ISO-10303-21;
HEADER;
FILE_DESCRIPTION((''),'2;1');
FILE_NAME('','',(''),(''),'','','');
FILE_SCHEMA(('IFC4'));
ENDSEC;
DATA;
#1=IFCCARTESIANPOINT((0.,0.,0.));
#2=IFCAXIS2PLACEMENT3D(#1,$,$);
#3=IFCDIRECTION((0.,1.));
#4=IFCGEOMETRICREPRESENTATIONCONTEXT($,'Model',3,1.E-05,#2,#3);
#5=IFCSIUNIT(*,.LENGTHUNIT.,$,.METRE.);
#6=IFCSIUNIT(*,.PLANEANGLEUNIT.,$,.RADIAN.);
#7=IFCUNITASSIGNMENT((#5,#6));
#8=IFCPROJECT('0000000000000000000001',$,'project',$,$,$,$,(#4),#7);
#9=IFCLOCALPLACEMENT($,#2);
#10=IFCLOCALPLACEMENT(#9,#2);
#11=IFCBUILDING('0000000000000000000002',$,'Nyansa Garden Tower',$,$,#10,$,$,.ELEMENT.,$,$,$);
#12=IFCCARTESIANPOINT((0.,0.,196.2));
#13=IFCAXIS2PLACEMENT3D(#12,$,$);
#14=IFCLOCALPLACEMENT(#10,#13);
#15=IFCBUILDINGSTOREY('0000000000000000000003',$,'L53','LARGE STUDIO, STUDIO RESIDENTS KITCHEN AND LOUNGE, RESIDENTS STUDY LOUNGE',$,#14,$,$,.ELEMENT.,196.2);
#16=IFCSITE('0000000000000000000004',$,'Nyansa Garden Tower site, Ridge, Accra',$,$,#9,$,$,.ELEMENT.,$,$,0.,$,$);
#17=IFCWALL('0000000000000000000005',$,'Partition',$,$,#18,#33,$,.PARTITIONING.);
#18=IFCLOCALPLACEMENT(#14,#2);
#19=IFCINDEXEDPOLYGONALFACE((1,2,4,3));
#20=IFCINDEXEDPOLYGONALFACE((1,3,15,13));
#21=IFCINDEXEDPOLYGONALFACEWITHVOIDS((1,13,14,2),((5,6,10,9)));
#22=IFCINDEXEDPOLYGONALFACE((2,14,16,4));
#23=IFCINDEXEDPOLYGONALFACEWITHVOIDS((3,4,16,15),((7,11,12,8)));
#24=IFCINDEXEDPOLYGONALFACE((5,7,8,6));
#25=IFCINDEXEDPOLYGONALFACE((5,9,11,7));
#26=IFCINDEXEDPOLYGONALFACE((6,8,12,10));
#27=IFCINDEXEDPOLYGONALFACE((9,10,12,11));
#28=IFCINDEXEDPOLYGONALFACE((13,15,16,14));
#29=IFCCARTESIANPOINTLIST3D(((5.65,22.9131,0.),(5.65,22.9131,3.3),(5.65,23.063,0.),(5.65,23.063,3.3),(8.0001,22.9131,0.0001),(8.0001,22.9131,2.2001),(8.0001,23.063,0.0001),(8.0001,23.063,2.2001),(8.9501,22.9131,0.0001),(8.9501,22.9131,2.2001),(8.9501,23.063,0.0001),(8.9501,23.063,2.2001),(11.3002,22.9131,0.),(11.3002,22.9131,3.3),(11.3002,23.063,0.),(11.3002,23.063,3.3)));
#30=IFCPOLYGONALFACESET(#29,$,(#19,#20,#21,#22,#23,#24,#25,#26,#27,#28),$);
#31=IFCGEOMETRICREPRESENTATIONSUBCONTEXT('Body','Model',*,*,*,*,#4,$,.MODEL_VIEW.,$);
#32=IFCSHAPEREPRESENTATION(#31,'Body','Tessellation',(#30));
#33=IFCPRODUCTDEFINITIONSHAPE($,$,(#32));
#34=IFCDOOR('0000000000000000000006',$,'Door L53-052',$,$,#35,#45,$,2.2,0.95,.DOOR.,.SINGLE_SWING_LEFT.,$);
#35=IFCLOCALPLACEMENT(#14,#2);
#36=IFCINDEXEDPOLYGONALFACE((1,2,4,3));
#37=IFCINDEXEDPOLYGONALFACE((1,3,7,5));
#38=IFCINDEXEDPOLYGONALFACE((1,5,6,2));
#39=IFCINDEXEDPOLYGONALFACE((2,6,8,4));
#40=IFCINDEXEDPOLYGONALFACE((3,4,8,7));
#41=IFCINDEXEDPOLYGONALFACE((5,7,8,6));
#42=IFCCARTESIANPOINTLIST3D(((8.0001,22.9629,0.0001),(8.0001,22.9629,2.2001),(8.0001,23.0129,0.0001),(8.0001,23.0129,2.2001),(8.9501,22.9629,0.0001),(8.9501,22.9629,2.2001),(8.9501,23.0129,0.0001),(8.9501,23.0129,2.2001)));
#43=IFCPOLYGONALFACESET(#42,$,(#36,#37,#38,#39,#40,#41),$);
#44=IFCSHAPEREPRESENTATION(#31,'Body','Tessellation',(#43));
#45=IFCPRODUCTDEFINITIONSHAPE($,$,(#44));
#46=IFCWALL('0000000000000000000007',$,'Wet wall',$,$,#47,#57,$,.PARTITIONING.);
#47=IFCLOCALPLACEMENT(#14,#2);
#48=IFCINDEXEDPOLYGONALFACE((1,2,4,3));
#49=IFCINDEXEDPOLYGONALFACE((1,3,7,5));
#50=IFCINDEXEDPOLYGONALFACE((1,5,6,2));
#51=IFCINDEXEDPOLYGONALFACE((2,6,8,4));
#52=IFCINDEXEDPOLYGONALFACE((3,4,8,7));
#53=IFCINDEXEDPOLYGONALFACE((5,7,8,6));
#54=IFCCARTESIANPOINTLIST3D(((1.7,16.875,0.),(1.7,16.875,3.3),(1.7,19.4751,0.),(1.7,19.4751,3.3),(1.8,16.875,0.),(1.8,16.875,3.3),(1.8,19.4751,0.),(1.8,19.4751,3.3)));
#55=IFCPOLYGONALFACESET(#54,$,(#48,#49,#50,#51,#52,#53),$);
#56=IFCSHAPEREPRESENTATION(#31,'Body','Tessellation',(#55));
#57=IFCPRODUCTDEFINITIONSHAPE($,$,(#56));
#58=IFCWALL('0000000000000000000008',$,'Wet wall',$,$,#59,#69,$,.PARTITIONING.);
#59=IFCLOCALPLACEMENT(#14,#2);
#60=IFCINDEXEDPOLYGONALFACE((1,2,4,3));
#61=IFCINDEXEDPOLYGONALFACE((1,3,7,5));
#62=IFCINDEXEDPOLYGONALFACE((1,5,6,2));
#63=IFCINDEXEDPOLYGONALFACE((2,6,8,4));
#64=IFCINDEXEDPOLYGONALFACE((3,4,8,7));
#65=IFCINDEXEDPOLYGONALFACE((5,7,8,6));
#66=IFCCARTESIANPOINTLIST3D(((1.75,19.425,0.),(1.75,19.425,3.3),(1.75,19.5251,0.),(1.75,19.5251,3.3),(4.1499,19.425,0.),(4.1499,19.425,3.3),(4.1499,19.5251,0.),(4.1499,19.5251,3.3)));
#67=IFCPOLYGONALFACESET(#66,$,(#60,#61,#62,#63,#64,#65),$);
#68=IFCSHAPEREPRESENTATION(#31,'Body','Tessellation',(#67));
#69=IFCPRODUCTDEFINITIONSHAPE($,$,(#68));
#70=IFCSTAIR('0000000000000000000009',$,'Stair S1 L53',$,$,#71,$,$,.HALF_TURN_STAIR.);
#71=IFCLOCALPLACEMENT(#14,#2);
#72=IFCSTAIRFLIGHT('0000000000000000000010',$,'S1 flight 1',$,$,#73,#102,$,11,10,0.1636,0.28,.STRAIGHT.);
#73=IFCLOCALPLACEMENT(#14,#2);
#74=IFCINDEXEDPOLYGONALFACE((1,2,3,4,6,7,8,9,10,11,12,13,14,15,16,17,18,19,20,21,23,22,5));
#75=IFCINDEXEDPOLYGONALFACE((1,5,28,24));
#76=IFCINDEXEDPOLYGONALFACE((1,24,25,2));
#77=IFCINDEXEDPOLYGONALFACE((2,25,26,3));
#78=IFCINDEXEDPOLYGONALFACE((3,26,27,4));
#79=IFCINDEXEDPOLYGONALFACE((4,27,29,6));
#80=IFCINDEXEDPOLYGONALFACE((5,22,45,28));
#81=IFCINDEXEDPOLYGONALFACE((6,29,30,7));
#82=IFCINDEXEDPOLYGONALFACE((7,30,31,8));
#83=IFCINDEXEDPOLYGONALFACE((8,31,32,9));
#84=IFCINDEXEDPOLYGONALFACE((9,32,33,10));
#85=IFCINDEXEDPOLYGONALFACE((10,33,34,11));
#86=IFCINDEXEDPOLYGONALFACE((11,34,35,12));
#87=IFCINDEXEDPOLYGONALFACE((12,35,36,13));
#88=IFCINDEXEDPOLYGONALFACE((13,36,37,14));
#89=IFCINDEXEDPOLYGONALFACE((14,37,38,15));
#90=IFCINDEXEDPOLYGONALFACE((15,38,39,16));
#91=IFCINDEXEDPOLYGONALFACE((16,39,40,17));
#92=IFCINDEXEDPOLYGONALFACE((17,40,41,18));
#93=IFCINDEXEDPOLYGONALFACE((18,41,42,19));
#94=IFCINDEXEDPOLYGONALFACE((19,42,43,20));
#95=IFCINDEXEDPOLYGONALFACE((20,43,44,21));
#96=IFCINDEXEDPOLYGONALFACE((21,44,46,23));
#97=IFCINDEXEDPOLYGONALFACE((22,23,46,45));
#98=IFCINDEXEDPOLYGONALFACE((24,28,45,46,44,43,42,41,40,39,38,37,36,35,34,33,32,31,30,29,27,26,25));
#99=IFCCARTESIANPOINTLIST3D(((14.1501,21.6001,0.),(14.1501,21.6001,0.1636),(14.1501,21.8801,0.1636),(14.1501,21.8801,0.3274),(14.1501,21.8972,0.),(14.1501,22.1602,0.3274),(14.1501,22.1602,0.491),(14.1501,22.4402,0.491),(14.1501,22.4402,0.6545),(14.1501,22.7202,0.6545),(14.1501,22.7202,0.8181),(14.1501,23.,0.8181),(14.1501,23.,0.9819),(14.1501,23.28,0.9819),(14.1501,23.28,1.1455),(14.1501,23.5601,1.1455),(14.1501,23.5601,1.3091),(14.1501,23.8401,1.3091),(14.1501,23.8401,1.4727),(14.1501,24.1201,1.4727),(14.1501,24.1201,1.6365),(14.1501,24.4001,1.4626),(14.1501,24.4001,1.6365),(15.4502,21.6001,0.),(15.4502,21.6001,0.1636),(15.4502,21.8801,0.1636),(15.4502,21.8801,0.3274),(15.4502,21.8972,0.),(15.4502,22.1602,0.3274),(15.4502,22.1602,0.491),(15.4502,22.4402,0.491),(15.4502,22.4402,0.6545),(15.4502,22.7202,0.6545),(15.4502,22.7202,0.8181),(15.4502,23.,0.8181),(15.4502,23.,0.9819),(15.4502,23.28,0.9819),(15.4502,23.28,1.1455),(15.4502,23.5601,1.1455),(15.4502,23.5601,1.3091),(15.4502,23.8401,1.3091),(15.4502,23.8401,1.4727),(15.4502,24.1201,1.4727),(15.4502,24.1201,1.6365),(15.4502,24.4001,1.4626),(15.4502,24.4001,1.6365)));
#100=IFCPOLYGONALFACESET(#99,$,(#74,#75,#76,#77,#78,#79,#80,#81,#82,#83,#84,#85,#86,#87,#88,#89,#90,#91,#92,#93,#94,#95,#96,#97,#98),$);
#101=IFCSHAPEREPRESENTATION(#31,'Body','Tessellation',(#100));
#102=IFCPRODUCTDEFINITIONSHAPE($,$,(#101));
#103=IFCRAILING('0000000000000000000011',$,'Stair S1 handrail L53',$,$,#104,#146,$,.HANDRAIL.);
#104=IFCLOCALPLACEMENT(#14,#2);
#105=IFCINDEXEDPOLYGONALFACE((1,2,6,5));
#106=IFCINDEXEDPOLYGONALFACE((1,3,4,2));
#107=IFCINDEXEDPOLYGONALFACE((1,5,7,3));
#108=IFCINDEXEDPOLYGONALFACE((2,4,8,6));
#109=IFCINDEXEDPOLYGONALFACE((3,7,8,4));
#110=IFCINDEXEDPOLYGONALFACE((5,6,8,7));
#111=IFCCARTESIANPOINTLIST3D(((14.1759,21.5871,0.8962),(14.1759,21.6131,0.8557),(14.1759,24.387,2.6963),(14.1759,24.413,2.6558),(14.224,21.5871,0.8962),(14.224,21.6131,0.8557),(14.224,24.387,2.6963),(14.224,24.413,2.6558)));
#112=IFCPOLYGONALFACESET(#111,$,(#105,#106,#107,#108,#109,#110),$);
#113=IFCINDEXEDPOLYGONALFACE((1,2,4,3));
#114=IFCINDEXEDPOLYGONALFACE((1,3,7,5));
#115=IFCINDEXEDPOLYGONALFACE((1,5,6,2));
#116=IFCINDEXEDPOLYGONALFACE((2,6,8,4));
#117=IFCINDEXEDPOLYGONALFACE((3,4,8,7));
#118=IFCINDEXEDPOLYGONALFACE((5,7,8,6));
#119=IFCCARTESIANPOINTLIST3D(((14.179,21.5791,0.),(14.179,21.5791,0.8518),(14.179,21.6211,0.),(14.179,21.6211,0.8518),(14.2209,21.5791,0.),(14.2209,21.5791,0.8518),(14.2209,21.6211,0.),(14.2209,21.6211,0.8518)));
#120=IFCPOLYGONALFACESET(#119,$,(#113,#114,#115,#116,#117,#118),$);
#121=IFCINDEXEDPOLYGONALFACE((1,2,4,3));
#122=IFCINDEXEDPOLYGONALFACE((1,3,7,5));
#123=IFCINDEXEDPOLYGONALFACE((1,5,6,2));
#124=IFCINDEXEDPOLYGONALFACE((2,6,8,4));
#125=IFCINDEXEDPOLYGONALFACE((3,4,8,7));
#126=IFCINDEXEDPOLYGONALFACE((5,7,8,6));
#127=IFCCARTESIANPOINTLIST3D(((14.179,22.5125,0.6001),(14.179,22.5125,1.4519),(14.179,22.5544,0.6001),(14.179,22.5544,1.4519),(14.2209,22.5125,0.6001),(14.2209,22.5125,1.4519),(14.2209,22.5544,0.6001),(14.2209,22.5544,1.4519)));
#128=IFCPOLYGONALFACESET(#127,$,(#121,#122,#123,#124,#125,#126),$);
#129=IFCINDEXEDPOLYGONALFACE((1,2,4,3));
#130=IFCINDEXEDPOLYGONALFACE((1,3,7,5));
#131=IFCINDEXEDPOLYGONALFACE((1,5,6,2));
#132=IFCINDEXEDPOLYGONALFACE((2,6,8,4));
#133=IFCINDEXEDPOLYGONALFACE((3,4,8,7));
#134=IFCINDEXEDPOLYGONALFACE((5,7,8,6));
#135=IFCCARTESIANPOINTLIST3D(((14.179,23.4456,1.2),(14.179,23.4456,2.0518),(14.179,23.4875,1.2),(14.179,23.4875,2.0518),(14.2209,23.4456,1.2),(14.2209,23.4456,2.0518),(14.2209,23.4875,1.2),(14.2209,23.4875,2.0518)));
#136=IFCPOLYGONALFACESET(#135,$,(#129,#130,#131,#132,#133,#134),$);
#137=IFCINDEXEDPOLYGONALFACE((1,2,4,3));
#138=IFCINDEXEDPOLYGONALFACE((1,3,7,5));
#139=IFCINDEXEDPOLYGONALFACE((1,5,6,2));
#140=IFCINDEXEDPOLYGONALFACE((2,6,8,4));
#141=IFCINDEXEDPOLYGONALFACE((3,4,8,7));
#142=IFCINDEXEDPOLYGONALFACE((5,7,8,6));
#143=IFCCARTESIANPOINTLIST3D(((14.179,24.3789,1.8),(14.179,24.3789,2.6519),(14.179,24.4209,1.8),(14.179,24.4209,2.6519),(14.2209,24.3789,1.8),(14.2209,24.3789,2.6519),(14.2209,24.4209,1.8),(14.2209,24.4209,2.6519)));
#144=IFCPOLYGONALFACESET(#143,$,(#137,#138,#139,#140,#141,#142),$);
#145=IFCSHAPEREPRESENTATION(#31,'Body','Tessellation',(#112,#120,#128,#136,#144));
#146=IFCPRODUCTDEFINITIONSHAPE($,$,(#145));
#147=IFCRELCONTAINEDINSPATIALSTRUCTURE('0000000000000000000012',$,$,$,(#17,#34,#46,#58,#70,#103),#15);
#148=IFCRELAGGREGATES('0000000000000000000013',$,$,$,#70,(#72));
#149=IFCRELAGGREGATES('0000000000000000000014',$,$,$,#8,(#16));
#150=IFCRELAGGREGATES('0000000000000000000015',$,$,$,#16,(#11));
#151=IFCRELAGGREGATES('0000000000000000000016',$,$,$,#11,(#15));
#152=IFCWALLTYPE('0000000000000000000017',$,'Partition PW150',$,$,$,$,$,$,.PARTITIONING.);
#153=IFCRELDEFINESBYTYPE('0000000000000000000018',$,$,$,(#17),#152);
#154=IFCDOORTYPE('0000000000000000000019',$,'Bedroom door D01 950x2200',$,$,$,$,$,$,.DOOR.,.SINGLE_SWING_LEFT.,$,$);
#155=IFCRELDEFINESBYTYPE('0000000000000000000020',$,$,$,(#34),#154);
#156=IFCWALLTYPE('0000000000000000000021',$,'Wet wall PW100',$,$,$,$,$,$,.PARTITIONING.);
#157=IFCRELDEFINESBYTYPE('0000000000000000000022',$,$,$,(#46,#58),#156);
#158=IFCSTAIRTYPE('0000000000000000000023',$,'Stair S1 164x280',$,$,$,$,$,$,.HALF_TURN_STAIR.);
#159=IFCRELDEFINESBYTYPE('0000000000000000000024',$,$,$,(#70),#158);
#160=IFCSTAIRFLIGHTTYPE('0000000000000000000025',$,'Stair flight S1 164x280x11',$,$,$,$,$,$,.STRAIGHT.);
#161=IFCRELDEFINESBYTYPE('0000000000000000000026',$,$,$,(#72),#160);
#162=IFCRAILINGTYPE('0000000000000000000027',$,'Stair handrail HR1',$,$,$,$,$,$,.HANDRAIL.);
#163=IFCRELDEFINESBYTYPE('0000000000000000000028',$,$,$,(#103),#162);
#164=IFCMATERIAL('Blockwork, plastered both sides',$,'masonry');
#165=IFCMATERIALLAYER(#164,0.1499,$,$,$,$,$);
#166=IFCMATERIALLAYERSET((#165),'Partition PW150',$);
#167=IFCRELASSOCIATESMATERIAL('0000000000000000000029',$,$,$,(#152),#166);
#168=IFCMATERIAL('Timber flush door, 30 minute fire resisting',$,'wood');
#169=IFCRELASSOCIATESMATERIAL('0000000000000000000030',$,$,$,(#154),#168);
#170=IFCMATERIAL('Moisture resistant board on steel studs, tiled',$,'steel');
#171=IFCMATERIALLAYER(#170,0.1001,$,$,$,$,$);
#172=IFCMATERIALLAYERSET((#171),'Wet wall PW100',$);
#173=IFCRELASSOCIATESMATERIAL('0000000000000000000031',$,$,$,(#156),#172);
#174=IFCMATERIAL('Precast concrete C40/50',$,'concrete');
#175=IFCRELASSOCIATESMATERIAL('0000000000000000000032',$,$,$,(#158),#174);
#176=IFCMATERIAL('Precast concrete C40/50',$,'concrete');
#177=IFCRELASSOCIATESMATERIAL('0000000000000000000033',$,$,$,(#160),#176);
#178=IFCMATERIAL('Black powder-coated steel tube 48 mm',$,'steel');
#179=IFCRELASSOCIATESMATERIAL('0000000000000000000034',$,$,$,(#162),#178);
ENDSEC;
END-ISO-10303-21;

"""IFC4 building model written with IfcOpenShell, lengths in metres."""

from ifc_helpers import new_model, si_unit, direction, frame, frame_2d, origin, origin_2d, place, context, subcontext, project, spatial, polyline, rectangle, outline, extrude, material, layer, layer_set, type_object, element, fill, aggregate, save


model = new_model("IFC4")

# Units and contexts
model_context = context("Model", 3, precision=1e-05, world=origin(), true_north=direction((0.0, 1.0)))
body_context = subcontext(model_context, "Body", "Model", "MODEL_VIEW")
ifc_project = project(units=[si_unit("LENGTHUNIT", "METRE"), si_unit("PLANEANGLEUNIT", "RADIAN")], contexts=[model_context])

# Site, building, storey
site_placement = place(None, origin())
site = spatial("IfcSite", under=ifc_project, at=site_placement, Name="Nyansa Garden Tower site, Ridge, Accra", CompositionType="ELEMENT", RefElevation=0.0)
building_placement = place(site_placement, origin())
building = spatial("IfcBuilding", under=site, at=building_placement, Name="Nyansa Garden Tower", CompositionType="ELEMENT")
storey_placement = place(building_placement, frame((0.0, 0.0, 196.2)))
storey = spatial("IfcBuildingStorey", under=building, at=storey_placement, Name="L53", Description="LARGE STUDIO, STUDIO RESIDENTS KITCHEN AND LOUNGE, RESIDENTS STUDY LOUNGE", CompositionType="ELEMENT", Elevation=196.2)

# Shared definitions
ifc_material_1 = material(Name="Blockwork, plastered both sides", Category="masonry")
ifc_layer_1 = layer(ifc_material_1, 0.1499)
ifc_layer_set_1 = layer_set([ifc_layer_1], Name="Partition PW150")
wall_type_1 = type_object("IfcWallType", Name="Partition PW150", PredefinedType="PARTITIONING", material=ifc_layer_set_1)

# Wall, opening, door
wall_1_placement = place(storey_placement, frame((5.6499, 22.988, 0.0), z_axis=(0.0, 0.0, 1.0), x_axis=(1.0, 0.0, 0.0)))
wall_1 = element("IfcWall", 1, at=wall_1_placement, inside=storey, type_object=wall_type_1, Name="Partition", PredefinedType="PARTITIONING", context=body_context, shape_type="SweptSolid", body=[
    extrude(rectangle(XDim=5.6501, YDim=0.1499, at=frame_2d((2.8252, 0.0))), origin(), (0.0, 0.0, 1.0), 3.3),
])
opening_1_placement = place(wall_1_placement, frame((2.3501, 0.0, 0.0)))
opening_1 = element("IfcOpeningElement", 2, at=opening_1_placement, cuts=wall_1, PredefinedType="OPENING", context=body_context, shape_type="SweptSolid", body=[
    extrude(rectangle(XDim=0.95, YDim=2.2, at=frame_2d((0.4751, 1.1001))), frame((0.0, 0.085, 0.0), z_axis=(0.0, -1.0, 0.0), x_axis=(1.0, 0.0, 0.0)), (0.0, 0.0, 1.0), 0.1699),
])
ifc_material_2 = material(Name="Timber flush door, 30 minute fire resisting", Category="wood")
door_type_1 = type_object("IfcDoorType", Name="Bedroom door D01 950x2200", OperationType="SINGLE_SWING_LEFT", PredefinedType="DOOR", material=ifc_material_2)
door_1_placement = place(opening_1_placement, origin())
door_1 = element("IfcDoor", 3, at=door_1_placement, inside=storey, type_object=door_type_1, Name="Door L53-052", OperationType="SINGLE_SWING_LEFT", OverallHeight=2.2, OverallWidth=0.95, PredefinedType="DOOR", context=body_context, shape_type="SweptSolid", body=[
    extrude(rectangle(XDim=0.95, YDim=2.2, at=frame_2d((0.4751, 1.1001))), frame((0.0, 0.0249, 0.0), z_axis=(0.0, -1.0, 0.0), x_axis=(1.0, 0.0, 0.0)), (0.0, 0.0, 1.0), 0.05),
])
fill(opening_1, door_1)

# Walls
ifc_material_3 = material(Name="Moisture resistant board on steel studs, tiled", Category="steel")
ifc_layer_2 = layer(ifc_material_3, 0.1001)
ifc_layer_set_2 = layer_set([ifc_layer_2], Name="Wet wall PW100")
wall_type_2 = type_object("IfcWallType", Name="Wet wall PW100", PredefinedType="PARTITIONING", material=ifc_layer_set_2)
wall_2_placement = place(storey_placement, frame((1.75, 16.875, 0.0), z_axis=(0.0, 0.0, 1.0), x_axis=(0.0, 1.0, 0.0)))
element("IfcWall", 4, at=wall_2_placement, inside=storey, type_object=wall_type_2, Name="Wet wall", PredefinedType="PARTITIONING", context=body_context, shape_type="SweptSolid", body=[
    extrude(rectangle(XDim=2.6001, YDim=0.1001, at=frame_2d((1.3, 0.0))), origin(), (0.0, 0.0, 1.0), 3.3),
])
wall_3_placement = place(storey_placement, frame((1.75, 19.4751, 0.0), z_axis=(0.0, 0.0, 1.0), x_axis=(1.0, 0.0, 0.0)))
element("IfcWall", 5, at=wall_3_placement, inside=storey, type_object=wall_type_2, Name="Wet wall", PredefinedType="PARTITIONING", context=body_context, shape_type="SweptSolid", body=[
    extrude(rectangle(XDim=2.3999, YDim=0.1001, at=frame_2d((1.2, 0.0))), origin(), (0.0, 0.0, 1.0), 3.3),
])

# Stair, stair flight
ifc_material_4 = material(Name="Precast concrete C40/50", Category="concrete")
stair_type = type_object("IfcStairType", Name="Stair S1 164x280", PredefinedType="HALF_TURN_STAIR", material=ifc_material_4)
stair_placement = place(storey_placement, origin())
stair = element("IfcStair", 6, at=stair_placement, inside=storey, type_object=stair_type, Name="Stair S1 L53", PredefinedType="HALF_TURN_STAIR")
ifc_material_5 = material(Name="Precast concrete C40/50", Category="concrete")
stair_flight_type = type_object("IfcStairFlightType", Name="Stair flight S1 164x280x11", PredefinedType="STRAIGHT", material=ifc_material_5)
stair_flight_placement = place(storey_placement, frame((14.8, 21.6001, 0.0), z_axis=(0.0, 0.0, 1.0), x_axis=(0.0, 1.0, 0.0)))
stair_flight = element("IfcStairFlight", 7, at=stair_flight_placement, type_object=stair_flight_type, Name="S1 flight 1", NumberOfRisers=11, NumberOfTreads=10, PredefinedType="STRAIGHT", RiserHeight=0.1636, TreadLength=0.28, context=body_context, shape_type="SweptSolid", body=[
    extrude(outline(polyline([(0.0, 0.0), (0.0, 0.1636), (0.28, 0.1636), (0.28, 0.3274), (0.5601, 0.3274), (0.5601, 0.491), (0.8401, 0.491), (0.8401, 0.6545), (1.1201, 0.6545), (1.1201, 0.8181), (1.3999, 0.8181), (1.3999, 0.9819), (1.6799, 0.9819), (1.6799, 1.1455), (1.96, 1.1455), (1.96, 1.3091), (2.24, 1.3091), (2.24, 1.4727), (2.52, 1.4727), (2.52, 1.6365), (2.8, 1.6365), (2.8, 1.8), (2.8, 1.4626), (0.2971, 0.0), (0.0, 0.0)])), frame((0.0, 0.6499, 0.0), z_axis=(0.0, -1.0, 0.0), x_axis=(1.0, 0.0, 0.0)), (0.0, 0.0, 1.0), 1.3),
])
aggregate(stair, [stair_flight])

# Railing
ifc_material_6 = material(Name="Black powder-coated steel tube 48 mm", Category="steel")
railing_type = type_object("IfcRailingType", Name="Stair handrail HR1", PredefinedType="HANDRAIL", material=ifc_material_6)
railing_placement = place(storey_placement, frame((14.2, 21.6001, 0.0)))
element("IfcRailing", 8, at=railing_placement, inside=storey, type_object=railing_type, Name="Stair S1 handrail L53", PredefinedType="HANDRAIL", context=body_context, shape_type="SweptSolid", body=[
    extrude(rectangle(XDim=0.0481, YDim=0.0481, at=origin_2d()), frame((0.0, 0.0, 0.876), z_axis=(0.0, 0.841155, 0.540795), x_axis=(-1.0, 0.0, 0.0)), (0.0, 0.0, 1.0), 3.3286),
    extrude(rectangle(XDim=0.042, YDim=0.042, at=origin_2d()), origin(), (0.0, 0.0, 1.0), 0.8518),
    extrude(rectangle(XDim=0.042, YDim=0.042, at=origin_2d()), frame((0.0, 0.9333, 0.6001)), (0.0, 0.0, 1.0), 0.8518),
    extrude(rectangle(XDim=0.042, YDim=0.042, at=origin_2d()), frame((0.0, 1.8665, 1.2)), (0.0, 0.0, 1.0), 0.8518),
    extrude(rectangle(XDim=0.042, YDim=0.042, at=origin_2d()), frame((0.0, 2.7998, 1.8)), (0.0, 0.0, 1.0), 0.8518),
])

save(model, "model.ifc")
